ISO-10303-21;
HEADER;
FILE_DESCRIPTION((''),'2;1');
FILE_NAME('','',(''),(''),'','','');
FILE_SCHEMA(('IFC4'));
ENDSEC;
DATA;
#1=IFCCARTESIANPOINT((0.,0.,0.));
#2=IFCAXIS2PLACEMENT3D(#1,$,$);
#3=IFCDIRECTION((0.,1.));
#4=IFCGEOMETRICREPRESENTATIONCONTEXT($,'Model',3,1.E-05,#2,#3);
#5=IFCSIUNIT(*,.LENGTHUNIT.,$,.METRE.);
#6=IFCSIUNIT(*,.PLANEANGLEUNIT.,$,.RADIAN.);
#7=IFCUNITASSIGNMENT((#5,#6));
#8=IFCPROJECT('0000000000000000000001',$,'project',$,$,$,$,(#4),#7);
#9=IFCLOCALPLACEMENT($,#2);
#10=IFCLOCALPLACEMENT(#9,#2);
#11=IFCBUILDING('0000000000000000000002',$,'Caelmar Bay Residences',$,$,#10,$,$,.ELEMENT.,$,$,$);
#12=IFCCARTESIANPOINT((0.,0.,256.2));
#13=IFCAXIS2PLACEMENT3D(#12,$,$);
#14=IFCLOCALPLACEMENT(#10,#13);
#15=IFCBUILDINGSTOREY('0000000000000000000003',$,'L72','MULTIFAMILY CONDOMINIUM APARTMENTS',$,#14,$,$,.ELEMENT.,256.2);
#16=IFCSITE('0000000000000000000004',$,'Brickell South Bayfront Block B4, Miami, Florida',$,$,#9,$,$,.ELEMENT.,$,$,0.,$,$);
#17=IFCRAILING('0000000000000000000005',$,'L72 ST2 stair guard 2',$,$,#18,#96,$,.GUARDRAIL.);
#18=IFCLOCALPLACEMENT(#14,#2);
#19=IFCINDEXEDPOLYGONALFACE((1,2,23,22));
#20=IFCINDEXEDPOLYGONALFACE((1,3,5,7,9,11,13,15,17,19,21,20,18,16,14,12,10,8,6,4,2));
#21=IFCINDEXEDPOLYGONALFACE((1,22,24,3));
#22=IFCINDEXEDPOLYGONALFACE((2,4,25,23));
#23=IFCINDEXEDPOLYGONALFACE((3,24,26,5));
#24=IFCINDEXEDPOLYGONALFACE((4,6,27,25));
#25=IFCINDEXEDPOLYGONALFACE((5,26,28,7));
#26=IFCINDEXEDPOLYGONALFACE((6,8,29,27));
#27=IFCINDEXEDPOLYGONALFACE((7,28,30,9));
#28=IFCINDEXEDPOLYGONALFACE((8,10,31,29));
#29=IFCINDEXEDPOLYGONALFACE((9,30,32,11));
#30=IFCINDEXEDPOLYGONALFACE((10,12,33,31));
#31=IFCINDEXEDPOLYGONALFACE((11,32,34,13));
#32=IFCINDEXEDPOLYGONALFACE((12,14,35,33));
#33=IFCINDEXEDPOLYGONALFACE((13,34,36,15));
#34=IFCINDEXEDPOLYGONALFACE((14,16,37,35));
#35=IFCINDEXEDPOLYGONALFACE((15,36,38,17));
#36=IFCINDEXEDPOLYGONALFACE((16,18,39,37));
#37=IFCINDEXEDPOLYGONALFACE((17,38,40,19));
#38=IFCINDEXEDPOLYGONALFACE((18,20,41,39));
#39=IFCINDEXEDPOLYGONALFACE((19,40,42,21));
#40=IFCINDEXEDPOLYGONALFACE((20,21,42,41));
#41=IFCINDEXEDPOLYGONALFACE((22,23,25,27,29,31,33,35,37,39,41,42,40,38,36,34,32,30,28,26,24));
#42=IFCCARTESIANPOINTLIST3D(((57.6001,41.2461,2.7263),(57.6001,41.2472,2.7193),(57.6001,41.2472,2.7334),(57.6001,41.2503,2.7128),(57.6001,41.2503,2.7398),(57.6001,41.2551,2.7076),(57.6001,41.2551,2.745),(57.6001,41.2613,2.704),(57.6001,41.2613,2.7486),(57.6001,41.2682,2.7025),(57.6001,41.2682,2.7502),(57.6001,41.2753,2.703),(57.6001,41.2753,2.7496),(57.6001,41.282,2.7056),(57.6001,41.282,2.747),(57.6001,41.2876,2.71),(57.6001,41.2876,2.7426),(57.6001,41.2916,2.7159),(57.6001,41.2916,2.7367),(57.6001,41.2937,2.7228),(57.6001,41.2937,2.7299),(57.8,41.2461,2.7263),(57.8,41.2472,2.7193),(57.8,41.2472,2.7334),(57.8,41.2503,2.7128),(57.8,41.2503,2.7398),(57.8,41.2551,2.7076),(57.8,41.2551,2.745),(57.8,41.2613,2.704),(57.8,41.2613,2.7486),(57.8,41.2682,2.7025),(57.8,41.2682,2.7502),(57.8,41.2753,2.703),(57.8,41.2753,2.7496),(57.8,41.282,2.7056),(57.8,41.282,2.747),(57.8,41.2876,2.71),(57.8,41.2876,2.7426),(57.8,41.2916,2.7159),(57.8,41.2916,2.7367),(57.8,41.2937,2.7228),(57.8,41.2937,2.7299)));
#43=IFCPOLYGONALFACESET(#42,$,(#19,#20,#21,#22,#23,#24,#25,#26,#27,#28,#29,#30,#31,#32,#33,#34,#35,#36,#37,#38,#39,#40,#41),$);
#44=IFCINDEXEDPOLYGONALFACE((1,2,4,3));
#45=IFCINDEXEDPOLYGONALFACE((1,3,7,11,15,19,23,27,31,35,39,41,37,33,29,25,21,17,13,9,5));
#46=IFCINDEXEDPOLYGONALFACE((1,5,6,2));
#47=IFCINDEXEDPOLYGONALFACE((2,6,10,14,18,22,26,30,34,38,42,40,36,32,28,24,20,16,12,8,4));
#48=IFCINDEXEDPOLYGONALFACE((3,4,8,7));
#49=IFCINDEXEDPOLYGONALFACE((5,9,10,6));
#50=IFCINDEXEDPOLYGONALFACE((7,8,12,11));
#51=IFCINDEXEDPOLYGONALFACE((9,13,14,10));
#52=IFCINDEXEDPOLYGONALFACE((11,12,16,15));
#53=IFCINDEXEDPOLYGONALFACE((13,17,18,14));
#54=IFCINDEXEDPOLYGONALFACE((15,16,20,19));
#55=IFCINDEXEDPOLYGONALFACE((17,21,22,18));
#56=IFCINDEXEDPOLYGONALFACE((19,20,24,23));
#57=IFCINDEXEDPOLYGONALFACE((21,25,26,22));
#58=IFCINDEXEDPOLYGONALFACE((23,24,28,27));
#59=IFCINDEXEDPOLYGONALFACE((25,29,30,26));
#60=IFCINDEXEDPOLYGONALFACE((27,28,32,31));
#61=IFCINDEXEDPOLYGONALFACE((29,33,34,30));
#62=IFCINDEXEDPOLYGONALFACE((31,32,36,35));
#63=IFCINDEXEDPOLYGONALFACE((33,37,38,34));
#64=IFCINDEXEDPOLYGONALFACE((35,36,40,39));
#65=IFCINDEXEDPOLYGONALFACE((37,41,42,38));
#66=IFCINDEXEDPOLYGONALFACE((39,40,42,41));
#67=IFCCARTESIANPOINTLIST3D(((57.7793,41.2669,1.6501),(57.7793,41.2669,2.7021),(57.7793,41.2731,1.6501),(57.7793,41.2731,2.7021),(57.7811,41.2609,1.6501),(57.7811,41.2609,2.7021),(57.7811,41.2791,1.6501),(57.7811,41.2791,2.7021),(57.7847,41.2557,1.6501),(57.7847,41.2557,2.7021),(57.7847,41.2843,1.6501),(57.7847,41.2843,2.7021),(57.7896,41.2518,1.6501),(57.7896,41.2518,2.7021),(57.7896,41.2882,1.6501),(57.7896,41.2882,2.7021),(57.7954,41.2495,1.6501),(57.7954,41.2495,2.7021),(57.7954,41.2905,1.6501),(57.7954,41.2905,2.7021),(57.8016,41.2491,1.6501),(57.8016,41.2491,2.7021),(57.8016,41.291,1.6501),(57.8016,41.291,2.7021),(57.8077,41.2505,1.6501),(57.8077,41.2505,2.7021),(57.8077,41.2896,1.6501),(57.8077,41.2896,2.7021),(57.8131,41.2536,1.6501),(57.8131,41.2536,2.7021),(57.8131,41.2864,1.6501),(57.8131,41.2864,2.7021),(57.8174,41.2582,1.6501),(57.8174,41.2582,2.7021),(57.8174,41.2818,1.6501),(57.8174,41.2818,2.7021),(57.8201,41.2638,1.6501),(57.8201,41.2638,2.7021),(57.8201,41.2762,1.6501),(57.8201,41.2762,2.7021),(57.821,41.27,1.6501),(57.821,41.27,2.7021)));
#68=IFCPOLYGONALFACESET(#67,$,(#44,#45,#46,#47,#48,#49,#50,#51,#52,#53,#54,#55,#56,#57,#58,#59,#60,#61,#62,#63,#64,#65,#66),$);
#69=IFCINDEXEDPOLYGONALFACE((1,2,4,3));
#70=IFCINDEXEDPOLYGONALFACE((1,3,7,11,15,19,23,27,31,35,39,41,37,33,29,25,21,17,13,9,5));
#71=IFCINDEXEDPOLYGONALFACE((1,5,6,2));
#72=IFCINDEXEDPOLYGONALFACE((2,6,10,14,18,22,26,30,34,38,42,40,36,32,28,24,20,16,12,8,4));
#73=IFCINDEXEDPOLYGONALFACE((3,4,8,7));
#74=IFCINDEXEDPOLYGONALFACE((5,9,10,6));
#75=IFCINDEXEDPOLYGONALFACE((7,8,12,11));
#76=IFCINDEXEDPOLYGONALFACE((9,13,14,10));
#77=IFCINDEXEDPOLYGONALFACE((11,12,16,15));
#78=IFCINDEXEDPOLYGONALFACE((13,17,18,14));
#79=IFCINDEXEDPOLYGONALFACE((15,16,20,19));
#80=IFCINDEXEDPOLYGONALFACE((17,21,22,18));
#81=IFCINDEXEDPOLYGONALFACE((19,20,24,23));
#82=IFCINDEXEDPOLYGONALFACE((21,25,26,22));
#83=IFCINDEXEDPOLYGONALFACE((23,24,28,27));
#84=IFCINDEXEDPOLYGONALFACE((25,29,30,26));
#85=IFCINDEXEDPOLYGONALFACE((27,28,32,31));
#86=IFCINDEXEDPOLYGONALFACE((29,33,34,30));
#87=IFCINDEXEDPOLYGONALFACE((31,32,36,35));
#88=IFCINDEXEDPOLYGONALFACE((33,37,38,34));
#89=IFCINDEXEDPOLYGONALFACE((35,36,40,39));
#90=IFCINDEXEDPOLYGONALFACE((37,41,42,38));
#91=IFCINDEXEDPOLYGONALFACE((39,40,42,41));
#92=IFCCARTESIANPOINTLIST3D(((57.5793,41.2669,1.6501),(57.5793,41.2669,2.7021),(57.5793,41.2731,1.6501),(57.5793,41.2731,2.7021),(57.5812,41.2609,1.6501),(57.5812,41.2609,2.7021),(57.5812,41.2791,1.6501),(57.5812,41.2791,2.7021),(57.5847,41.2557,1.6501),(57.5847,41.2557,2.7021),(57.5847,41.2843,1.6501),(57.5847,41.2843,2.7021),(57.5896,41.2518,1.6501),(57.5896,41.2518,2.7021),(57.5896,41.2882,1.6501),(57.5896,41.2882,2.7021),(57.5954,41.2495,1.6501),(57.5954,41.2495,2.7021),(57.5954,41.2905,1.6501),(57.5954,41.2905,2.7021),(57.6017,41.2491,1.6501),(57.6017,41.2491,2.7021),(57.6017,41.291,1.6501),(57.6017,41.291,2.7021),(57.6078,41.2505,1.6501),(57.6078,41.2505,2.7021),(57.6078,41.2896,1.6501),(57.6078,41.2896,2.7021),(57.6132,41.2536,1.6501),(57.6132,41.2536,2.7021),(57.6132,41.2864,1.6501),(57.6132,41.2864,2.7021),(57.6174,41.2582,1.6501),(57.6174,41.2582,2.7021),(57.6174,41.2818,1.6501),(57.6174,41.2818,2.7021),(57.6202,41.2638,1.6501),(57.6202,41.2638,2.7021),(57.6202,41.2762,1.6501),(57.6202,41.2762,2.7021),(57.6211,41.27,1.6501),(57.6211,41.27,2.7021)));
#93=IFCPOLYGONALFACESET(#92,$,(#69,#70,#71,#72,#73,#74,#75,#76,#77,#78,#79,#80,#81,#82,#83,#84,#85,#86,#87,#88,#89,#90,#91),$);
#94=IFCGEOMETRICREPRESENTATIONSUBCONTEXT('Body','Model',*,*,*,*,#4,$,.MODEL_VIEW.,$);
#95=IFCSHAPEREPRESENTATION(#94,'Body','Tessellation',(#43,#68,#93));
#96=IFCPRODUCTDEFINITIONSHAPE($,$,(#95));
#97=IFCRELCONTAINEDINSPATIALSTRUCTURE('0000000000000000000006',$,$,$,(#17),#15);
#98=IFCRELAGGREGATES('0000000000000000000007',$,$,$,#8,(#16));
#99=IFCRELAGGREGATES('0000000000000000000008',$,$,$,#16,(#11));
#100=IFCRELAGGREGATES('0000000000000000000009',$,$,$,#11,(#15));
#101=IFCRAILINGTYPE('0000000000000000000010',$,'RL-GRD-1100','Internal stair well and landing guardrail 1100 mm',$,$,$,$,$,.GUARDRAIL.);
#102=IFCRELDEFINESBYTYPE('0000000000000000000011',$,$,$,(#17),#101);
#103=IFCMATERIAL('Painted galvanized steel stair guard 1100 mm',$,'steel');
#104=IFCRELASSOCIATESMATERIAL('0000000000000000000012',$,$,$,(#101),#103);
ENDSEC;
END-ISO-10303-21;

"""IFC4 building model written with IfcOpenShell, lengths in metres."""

from ifc_helpers import new_model, si_unit, direction, frame, origin, origin_2d, place, context, subcontext, project, spatial, circle, extrude, material, type_object, element, save


model = new_model("IFC4")

# Units and contexts
model_context = context("Model", 3, precision=1e-05, world=origin(), true_north=direction((0.0, 1.0)))
body_context = subcontext(model_context, "Body", "Model", "MODEL_VIEW")
ifc_project = project(units=[si_unit("LENGTHUNIT", "METRE"), si_unit("PLANEANGLEUNIT", "RADIAN")], contexts=[model_context])

# Site, building, storey
site_placement = place(None, origin())
site = spatial("IfcSite", under=ifc_project, at=site_placement, Name="Brickell South Bayfront Block B4, Miami, Florida", CompositionType="ELEMENT", RefElevation=0.0)
building_placement = place(site_placement, origin())
building = spatial("IfcBuilding", under=site, at=building_placement, Name="Caelmar Bay Residences", CompositionType="ELEMENT")
storey_placement = place(building_placement, frame((0.0, 0.0, 256.2)))
storey = spatial("IfcBuildingStorey", under=building, at=storey_placement, Name="L72", Description="MULTIFAMILY CONDOMINIUM APARTMENTS", CompositionType="ELEMENT", Elevation=256.2)

# Railing
ifc_material_1 = material(Name="Painted galvanized steel stair guard 1100 mm", Category="steel")
railing_type_1 = type_object("IfcRailingType", Name="RL-GRD-1100", Description="Internal stair well and landing guardrail 1100 mm", PredefinedType="GUARDRAIL", material=ifc_material_1)
railing_1_placement = place(storey_placement, frame((57.8, 41.27, 1.6501)))
element("IfcRailing", 1, at=railing_1_placement, inside=storey, type_object=railing_type_1, Name="L72 ST2 stair guard 2", PredefinedType="GUARDRAIL", context=body_context, shape_type="SweptSolid", body=[
    extrude(circle(Radius=0.0239, at=origin_2d()), frame((0.0, 0.0, 1.0762), z_axis=(-1.0, 0.0, 0.0), x_axis=(0.0, -1.0, 0.0)), (0.0, 0.0, 1.0), 0.2),
    extrude(circle(Radius=0.021, at=origin_2d()), origin(), (0.0, 0.0, 1.0), 1.052),
    extrude(circle(Radius=0.021, at=origin_2d()), frame((-0.2, 0.0, 0.0)), (0.0, 0.0, 1.0), 1.052),
])

save(model, "model.ifc")
